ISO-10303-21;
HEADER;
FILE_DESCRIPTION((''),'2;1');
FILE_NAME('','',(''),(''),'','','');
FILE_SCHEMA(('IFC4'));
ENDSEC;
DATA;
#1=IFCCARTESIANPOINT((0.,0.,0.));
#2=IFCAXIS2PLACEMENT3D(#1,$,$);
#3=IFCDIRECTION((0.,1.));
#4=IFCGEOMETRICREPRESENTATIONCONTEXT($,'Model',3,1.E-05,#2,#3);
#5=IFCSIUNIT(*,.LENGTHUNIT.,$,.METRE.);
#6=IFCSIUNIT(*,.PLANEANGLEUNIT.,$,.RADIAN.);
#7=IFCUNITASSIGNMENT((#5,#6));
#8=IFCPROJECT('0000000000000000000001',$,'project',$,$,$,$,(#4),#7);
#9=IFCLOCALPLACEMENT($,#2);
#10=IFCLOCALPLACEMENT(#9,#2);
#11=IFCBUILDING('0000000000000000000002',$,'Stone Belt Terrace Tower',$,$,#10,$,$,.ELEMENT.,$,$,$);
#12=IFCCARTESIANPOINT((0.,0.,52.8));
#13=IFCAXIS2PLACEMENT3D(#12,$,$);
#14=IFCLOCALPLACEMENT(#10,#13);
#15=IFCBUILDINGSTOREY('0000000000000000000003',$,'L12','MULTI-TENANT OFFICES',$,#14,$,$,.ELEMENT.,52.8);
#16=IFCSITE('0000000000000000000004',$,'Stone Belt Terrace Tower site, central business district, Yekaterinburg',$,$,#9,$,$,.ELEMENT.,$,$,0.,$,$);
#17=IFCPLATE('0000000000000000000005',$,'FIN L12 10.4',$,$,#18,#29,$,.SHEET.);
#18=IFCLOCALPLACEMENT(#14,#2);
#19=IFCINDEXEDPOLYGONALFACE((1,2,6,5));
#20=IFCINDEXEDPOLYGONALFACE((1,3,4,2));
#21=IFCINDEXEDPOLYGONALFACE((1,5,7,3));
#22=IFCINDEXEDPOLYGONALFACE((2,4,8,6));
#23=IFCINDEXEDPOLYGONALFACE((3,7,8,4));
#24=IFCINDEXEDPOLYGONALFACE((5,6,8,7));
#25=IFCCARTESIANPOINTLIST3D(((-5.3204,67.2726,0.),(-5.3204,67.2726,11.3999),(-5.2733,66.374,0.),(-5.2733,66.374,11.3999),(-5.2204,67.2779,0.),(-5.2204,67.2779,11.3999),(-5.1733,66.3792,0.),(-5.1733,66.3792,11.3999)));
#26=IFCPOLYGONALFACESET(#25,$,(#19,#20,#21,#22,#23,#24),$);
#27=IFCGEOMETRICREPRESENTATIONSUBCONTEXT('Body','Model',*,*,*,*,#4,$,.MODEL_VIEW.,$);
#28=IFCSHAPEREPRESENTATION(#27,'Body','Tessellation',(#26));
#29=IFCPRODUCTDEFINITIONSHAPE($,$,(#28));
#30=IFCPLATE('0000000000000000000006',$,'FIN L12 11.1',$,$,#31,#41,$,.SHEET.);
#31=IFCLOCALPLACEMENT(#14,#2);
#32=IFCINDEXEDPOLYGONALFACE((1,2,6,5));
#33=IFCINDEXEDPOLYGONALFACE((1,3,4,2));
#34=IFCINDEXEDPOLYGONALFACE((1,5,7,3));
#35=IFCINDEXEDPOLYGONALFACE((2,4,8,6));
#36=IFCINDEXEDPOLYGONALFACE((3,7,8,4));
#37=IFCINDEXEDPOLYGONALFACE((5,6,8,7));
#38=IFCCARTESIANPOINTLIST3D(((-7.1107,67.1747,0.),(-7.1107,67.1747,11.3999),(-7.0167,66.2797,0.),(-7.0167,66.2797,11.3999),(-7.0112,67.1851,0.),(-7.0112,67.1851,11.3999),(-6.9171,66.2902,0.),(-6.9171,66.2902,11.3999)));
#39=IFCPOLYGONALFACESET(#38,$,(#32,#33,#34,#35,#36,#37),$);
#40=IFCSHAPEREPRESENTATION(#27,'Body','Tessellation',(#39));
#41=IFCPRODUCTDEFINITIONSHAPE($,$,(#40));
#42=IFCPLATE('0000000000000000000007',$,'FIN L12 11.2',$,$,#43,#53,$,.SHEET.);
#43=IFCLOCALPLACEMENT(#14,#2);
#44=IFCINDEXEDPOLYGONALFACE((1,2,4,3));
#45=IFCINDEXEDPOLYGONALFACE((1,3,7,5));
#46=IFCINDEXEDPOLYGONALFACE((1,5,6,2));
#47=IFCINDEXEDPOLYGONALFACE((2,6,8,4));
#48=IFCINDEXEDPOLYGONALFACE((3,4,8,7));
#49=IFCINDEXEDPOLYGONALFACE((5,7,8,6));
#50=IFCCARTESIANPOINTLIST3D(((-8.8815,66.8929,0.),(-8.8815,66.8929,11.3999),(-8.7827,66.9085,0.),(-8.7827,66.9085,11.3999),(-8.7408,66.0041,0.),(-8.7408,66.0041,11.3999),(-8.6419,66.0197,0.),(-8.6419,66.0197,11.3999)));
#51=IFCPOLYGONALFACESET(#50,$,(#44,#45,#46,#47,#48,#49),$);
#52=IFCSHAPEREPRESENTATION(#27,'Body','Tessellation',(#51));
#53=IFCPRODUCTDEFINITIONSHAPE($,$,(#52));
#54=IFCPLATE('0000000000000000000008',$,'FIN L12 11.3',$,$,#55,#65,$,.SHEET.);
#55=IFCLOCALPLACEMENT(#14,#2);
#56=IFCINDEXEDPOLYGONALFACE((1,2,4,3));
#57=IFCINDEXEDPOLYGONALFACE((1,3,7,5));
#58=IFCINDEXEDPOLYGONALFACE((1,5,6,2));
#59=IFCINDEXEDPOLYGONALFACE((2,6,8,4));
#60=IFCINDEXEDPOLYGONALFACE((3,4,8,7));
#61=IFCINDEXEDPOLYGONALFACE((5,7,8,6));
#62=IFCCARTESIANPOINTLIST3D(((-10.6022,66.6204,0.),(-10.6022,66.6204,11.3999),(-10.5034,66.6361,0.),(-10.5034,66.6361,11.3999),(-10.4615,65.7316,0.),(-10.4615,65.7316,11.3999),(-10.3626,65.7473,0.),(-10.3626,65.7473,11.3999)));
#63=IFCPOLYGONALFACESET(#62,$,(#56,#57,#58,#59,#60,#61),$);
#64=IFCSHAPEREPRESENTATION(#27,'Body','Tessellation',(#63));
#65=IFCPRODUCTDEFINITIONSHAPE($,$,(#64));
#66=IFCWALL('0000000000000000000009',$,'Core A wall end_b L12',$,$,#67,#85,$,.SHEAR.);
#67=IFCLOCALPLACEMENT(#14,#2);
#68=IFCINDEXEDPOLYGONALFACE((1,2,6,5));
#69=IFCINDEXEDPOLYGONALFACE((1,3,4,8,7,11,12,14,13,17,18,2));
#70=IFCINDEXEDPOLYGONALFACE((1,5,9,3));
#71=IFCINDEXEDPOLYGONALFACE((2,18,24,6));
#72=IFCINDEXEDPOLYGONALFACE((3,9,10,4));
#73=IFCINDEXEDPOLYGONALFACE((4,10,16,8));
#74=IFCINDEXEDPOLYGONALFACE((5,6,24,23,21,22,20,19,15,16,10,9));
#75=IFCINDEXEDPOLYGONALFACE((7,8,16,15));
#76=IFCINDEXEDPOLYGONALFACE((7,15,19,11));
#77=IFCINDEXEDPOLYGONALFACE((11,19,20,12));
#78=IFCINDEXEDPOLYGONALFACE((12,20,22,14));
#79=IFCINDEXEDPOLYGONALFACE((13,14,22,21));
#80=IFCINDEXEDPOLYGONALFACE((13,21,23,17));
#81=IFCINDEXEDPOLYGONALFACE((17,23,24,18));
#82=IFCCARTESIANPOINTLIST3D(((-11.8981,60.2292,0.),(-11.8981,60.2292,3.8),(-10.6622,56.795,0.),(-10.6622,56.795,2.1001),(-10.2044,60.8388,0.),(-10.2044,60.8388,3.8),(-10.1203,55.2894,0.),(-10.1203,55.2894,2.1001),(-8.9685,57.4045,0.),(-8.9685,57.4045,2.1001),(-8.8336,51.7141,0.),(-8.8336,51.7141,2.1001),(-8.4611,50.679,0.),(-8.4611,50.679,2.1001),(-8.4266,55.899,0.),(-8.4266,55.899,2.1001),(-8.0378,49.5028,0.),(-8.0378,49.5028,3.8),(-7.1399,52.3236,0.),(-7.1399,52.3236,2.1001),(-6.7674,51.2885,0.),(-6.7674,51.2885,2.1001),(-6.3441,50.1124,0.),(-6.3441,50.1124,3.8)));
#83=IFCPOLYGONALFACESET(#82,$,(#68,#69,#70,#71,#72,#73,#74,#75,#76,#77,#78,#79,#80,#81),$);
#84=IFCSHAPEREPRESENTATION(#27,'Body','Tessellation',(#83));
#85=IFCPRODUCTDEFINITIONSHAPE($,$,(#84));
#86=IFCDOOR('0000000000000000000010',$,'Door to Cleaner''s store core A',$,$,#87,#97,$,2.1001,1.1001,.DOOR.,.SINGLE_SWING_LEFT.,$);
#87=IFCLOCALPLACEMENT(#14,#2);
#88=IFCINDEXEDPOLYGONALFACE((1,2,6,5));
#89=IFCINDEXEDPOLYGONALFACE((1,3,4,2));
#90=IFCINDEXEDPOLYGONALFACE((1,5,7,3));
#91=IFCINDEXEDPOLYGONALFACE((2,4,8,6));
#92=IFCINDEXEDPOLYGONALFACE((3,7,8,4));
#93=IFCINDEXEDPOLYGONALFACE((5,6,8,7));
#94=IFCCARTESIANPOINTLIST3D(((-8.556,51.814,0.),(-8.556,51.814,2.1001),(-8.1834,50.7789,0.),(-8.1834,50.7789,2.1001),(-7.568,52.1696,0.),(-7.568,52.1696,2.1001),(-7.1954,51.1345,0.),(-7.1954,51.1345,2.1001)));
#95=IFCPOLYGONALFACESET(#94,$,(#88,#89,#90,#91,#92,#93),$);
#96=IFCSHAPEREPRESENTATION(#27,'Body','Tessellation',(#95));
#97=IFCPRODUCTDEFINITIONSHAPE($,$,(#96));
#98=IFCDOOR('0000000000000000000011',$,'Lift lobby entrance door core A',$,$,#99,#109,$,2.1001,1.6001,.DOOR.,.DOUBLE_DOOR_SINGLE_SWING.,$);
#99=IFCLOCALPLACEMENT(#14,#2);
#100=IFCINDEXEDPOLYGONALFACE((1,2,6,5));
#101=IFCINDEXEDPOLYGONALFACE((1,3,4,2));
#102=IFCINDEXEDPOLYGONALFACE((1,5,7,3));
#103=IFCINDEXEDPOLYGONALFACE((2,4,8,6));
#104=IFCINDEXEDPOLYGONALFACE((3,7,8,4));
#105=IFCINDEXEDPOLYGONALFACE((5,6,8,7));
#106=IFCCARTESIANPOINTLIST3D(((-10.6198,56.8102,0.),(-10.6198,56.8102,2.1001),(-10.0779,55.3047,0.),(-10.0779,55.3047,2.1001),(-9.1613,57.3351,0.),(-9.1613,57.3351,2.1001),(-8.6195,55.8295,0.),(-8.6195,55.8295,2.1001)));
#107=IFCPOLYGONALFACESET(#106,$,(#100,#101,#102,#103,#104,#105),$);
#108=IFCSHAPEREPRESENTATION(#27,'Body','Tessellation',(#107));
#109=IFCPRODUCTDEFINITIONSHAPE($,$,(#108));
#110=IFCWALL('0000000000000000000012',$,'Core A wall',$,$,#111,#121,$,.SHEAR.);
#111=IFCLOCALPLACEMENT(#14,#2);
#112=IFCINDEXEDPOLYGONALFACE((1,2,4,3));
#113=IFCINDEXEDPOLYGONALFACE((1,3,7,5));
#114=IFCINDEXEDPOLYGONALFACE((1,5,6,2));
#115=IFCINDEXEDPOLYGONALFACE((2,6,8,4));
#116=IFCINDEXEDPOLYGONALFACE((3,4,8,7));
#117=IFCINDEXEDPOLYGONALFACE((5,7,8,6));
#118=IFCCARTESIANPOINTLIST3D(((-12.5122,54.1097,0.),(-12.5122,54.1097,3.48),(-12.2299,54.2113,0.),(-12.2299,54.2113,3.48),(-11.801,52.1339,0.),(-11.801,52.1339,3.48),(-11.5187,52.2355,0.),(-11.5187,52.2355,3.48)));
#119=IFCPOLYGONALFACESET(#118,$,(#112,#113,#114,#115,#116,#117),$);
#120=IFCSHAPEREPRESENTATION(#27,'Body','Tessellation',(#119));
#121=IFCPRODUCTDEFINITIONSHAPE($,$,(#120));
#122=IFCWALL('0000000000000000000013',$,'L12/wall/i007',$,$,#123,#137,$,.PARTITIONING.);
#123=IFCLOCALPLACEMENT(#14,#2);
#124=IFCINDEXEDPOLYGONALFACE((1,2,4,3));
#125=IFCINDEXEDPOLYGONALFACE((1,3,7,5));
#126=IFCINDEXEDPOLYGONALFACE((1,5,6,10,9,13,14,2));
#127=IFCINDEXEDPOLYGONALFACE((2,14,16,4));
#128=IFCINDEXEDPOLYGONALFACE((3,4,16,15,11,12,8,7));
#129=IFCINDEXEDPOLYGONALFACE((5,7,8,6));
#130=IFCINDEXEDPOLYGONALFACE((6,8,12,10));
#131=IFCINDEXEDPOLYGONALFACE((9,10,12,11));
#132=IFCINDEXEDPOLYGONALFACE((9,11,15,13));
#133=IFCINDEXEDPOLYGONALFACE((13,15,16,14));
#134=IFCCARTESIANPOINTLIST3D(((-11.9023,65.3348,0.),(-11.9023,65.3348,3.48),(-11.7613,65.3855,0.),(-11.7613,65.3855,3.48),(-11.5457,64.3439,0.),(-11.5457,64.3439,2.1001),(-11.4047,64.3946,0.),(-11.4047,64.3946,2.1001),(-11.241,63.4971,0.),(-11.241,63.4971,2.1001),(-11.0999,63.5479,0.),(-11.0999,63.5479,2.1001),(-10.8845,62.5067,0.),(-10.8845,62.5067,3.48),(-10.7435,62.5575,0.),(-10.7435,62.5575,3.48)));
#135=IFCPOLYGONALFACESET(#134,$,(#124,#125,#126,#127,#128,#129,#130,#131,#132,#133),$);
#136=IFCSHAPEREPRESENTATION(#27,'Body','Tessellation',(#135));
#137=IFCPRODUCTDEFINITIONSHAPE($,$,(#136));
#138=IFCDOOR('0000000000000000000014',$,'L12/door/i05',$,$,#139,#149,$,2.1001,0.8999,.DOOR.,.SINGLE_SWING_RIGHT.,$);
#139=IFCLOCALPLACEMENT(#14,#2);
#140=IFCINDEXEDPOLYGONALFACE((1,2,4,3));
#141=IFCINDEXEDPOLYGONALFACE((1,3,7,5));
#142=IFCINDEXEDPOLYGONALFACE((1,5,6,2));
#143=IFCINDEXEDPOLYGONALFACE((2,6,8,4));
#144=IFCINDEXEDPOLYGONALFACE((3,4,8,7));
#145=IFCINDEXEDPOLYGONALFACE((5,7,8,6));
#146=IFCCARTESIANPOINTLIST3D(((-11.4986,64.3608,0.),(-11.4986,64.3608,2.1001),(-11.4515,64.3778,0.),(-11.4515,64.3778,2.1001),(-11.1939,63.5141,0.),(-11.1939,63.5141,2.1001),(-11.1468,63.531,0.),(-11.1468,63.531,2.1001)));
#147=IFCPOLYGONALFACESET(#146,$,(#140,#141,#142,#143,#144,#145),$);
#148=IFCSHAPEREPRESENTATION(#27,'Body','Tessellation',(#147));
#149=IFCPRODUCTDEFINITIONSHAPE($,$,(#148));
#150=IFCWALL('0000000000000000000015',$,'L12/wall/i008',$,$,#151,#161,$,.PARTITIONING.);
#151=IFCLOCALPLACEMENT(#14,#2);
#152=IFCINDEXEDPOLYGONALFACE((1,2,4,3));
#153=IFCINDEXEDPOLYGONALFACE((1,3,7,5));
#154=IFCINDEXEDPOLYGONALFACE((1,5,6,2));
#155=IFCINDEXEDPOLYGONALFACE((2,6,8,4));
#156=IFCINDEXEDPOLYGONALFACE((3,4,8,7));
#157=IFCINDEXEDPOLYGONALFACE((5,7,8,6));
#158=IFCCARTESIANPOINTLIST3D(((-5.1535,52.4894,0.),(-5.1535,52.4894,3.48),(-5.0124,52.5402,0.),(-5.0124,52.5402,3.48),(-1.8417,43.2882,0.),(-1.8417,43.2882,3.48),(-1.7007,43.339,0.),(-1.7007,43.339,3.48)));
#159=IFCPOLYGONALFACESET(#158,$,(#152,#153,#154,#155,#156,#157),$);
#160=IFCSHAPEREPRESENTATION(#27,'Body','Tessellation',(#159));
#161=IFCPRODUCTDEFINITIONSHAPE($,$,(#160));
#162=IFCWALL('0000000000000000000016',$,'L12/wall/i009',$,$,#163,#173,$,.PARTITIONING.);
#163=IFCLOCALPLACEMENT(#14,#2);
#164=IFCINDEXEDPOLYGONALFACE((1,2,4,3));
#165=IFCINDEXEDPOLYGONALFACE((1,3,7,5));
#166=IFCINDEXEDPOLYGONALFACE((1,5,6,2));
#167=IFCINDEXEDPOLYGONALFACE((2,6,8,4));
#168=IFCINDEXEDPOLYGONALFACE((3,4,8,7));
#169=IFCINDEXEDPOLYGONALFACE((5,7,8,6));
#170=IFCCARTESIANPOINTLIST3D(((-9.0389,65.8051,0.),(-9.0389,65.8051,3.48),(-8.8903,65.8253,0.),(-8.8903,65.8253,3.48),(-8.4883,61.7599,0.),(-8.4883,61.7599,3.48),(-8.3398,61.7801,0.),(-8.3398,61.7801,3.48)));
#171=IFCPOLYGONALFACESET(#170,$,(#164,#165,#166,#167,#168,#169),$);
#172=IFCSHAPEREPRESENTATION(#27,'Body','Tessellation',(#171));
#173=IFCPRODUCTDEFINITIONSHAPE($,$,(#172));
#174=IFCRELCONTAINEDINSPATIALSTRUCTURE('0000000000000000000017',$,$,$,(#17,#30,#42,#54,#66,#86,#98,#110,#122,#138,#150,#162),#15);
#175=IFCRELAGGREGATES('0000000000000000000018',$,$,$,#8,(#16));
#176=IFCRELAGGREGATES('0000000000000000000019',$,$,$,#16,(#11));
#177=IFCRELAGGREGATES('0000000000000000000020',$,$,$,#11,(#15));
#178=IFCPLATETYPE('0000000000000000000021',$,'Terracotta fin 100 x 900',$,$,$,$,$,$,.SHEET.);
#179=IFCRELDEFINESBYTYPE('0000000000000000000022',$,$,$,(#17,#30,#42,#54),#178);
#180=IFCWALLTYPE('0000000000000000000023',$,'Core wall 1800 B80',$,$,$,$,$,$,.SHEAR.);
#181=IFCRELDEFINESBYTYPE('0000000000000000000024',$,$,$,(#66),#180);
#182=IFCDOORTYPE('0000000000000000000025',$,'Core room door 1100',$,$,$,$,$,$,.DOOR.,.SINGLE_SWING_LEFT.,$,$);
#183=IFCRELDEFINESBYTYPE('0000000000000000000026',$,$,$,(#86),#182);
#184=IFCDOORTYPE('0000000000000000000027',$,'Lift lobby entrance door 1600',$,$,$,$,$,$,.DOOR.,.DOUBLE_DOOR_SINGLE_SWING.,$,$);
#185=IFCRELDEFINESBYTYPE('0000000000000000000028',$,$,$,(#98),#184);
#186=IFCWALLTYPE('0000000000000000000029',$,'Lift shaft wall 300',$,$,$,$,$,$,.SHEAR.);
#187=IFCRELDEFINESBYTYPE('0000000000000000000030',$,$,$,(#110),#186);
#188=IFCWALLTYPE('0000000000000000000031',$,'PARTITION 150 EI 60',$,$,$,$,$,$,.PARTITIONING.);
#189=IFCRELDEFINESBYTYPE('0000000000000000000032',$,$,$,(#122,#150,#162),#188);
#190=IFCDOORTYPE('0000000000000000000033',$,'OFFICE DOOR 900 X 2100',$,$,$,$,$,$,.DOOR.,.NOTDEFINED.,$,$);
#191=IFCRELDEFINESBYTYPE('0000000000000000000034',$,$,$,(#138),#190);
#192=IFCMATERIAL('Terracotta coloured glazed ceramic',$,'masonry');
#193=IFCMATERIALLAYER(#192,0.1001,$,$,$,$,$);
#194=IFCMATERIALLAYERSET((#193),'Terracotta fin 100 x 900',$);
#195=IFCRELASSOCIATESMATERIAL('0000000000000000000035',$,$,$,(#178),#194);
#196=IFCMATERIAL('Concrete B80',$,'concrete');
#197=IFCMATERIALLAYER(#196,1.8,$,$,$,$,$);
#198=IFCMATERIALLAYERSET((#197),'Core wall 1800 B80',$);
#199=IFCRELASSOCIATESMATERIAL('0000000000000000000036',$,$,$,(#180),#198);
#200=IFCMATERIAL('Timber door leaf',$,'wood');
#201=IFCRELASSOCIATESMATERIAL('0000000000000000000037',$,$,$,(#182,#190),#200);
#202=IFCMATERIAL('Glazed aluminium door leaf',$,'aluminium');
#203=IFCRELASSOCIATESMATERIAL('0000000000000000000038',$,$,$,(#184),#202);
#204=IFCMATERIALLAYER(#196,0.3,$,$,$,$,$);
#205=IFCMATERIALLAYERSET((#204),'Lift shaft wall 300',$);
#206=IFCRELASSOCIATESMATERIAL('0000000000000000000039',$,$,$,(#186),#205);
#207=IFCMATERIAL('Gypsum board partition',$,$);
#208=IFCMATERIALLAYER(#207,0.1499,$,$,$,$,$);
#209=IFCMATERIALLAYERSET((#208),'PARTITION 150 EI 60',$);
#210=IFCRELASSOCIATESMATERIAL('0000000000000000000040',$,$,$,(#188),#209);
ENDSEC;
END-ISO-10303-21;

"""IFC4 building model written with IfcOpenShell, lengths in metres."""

from ifc_helpers import new_model, si_unit, direction, frame, frame_2d, origin, origin_2d, place, context, subcontext, project, spatial, rectangle, extrude, material, layer, layer_set, type_object, element, fill, save


model = new_model("IFC4")

# Units and contexts
model_context = context("Model", 3, precision=1e-05, world=origin(), true_north=direction((0.0, 1.0)))
body_context = subcontext(model_context, "Body", "Model", "MODEL_VIEW")
ifc_project = project(units=[si_unit("LENGTHUNIT", "METRE"), si_unit("PLANEANGLEUNIT", "RADIAN")], contexts=[model_context])

# Site, building, storey
site_placement = place(None, origin())
site = spatial("IfcSite", under=ifc_project, at=site_placement, Name="Stone Belt Terrace Tower site, central business district, Yekaterinburg", CompositionType="ELEMENT", RefElevation=0.0)
building_placement = place(site_placement, origin())
building = spatial("IfcBuilding", under=site, at=building_placement, Name="Stone Belt Terrace Tower", CompositionType="ELEMENT")
storey_placement = place(building_placement, frame((0.0, 0.0, 52.8)))
storey = spatial("IfcBuildingStorey", under=building, at=storey_placement, Name="L12", Description="MULTI-TENANT OFFICES", CompositionType="ELEMENT", Elevation=52.8)

# Shared definitions
ifc_material_1 = material(Name="Concrete B80", Category="concrete")

# Plates
ifc_material_2 = material(Name="Terracotta coloured glazed ceramic", Category="masonry")
ifc_layer_1 = layer(ifc_material_2, 0.1001)
ifc_layer_set_1 = layer_set([ifc_layer_1], Name="Terracotta fin 100 x 900")
plate_type_1 = type_object("IfcPlateType", Name="Terracotta fin 100 x 900", PredefinedType="SHEET", material=ifc_layer_set_1)
for number, where, z_axis, x_axis, name in (
    (1, (-5.2468, 66.8259, 0.0), (0.0, 0.0, 1.0), (-0.052336, 0.99863, 0.0), "FIN L12 10.4"),
    (2, (-7.0139, 66.7324, 0.0), (0.0, 0.0, 1.0), (-0.104528, 0.994522, 0.0), "FIN L12 11.1"),
    (3, (-8.7617, 66.4563, 0.0), (0.0, 0.0, 1.0), (-0.156434, 0.987688, 0.0), "FIN L12 11.2"),
    (4, (-10.4824, 66.1838, 0.0), (0.0, 0.0, 1.0), (-0.156434, 0.987688, 0.0), "FIN L12 11.3"),
):
    element("IfcPlate", number, at=place(storey_placement, frame(where, z_axis=z_axis, x_axis=x_axis)), inside=storey, type_object=plate_type_1, Name=name, PredefinedType="SHEET", context=body_context, shape_type="SweptSolid", body=[
        extrude(rectangle(XDim=0.8999, YDim=0.1001, at=origin_2d()), origin(), (0.0, 0.0, 1.0), 11.3999),
    ])

# Wall, openings, doors
ifc_layer_2 = layer(ifc_material_1, 1.8)
ifc_layer_set_2 = layer_set([ifc_layer_2], Name="Core wall 1800 B80")
wall_type_1 = type_object("IfcWallType", Name="Core wall 1800 B80", PredefinedType="SHEAR", material=ifc_layer_set_2)
wall_1_placement = place(storey_placement, frame((-7.1909, 49.8076, 0.0), z_axis=(0.0, 0.0, 1.0), x_axis=(-0.338632, 0.940919, 0.0)))
wall_1 = element("IfcWall", 5, at=wall_1_placement, inside=storey, type_object=wall_type_1, Name="Core A wall end_b L12", PredefinedType="SHEAR", context=body_context, shape_type="SweptSolid", body=[
    extrude(rectangle(XDim=11.3999, YDim=1.8, at=frame_2d((5.7, 0.0))), origin(), (0.0, 0.0, 1.0), 3.8),
])
opening_1_placement = place(wall_1_placement, frame((6.1499, 0.0, 0.0)))
opening_1 = element("IfcOpeningElement", 6, at=opening_1_placement, cuts=wall_1, PredefinedType="OPENING", context=body_context, shape_type="SweptSolid", body=[
    extrude(rectangle(XDim=1.6001, YDim=2.1001, at=frame_2d((0.8, 1.05))), frame((0.0, 0.9099, 0.0), z_axis=(0.0, -1.0, 0.0), x_axis=(1.0, 0.0, 0.0)), (0.0, 0.0, 1.0), 1.8201),
])
opening_2_placement = place(wall_1_placement, frame((1.25, 0.0, 0.0)))
opening_2 = element("IfcOpeningElement", 7, at=opening_2_placement, cuts=wall_1, PredefinedType="OPENING", context=body_context, shape_type="SweptSolid", body=[
    extrude(rectangle(XDim=1.1001, YDim=2.1001, at=frame_2d((0.55, 1.05))), frame((0.0, 0.9099, 0.0), z_axis=(0.0, -1.0, 0.0), x_axis=(1.0, 0.0, 0.0)), (0.0, 0.0, 1.0), 1.8201),
])
ifc_material_3 = material(Name="Timber door leaf", Category="wood")
door_type_1 = type_object("IfcDoorType", Name="Core room door 1100", OperationType="SINGLE_SWING_LEFT", PredefinedType="DOOR", material=ifc_material_3)
door_1_placement = place(opening_2_placement, origin())
door_1 = element("IfcDoor", 8, at=door_1_placement, inside=storey, type_object=door_type_1, Name="Door to Cleaner's store core A", OperationType="SINGLE_SWING_LEFT", OverallHeight=2.1001, OverallWidth=1.1001, PredefinedType="DOOR", context=body_context, shape_type="SweptSolid", body=[
    extrude(rectangle(XDim=1.1001, YDim=2.1001, at=frame_2d((0.55, 1.05))), frame((0.0, 0.605, 0.0), z_axis=(0.0, -1.0, 0.0), x_axis=(1.0, 0.0, 0.0)), (0.0, 0.0, 1.0), 1.05),
])
fill(opening_2, door_1)
ifc_material_4 = material(Name="Glazed aluminium door leaf", Category="aluminium")
door_type_2 = type_object("IfcDoorType", Name="Lift lobby entrance door 1600", OperationType="DOUBLE_DOOR_SINGLE_SWING", PredefinedType="DOOR", material=ifc_material_4)
door_2_placement = place(opening_1_placement, origin())
door_2 = element("IfcDoor", 9, at=door_2_placement, inside=storey, type_object=door_type_2, Name="Lift lobby entrance door core A", OperationType="DOUBLE_DOOR_SINGLE_SWING", OverallHeight=2.1001, OverallWidth=1.6001, PredefinedType="DOOR", context=body_context, shape_type="SweptSolid", body=[
    extrude(rectangle(XDim=1.6001, YDim=2.1001, at=frame_2d((0.8, 1.05))), frame((0.0, 0.855, 0.0), z_axis=(0.0, -1.0, 0.0), x_axis=(1.0, 0.0, 0.0)), (0.0, 0.0, 1.0), 1.55),
])
fill(opening_1, door_2)

# Wall
ifc_layer_3 = layer(ifc_material_1, 0.3)
ifc_layer_set_3 = layer_set([ifc_layer_3], Name="Lift shaft wall 300")
wall_type_2 = type_object("IfcWallType", Name="Lift shaft wall 300", PredefinedType="SHEAR", material=ifc_layer_set_3)
wall_2_placement = place(storey_placement, frame((-11.6599, 52.1848, 0.0), z_axis=(0.0, 0.0, 1.0), x_axis=(-0.33867, 0.940905, 0.0)))
element("IfcWall", 10, at=wall_2_placement, inside=storey, type_object=wall_type_2, Name="Core A wall", PredefinedType="SHEAR", context=body_context, shape_type="SweptSolid", body=[
    extrude(rectangle(XDim=2.0999, YDim=0.3, at=frame_2d((1.0498, 0.0))), origin(), (0.0, 0.0, 1.0), 3.48),
])

# Wall, opening, door
ifc_material_5 = material(Name="Gypsum board partition")
ifc_layer_4 = layer(ifc_material_5, 0.1499)
ifc_layer_set_4 = layer_set([ifc_layer_4], Name="PARTITION 150 EI 60")
wall_type_3 = type_object("IfcWallType", Name="PARTITION 150 EI 60", PredefinedType="PARTITIONING", material=ifc_layer_set_4)
wall_3_placement = place(storey_placement, frame((-10.814, 62.532, 0.0), z_axis=(0.0, 0.0, 1.0), x_axis=(-0.33863, 0.94092, 0.0)))
wall_3 = element("IfcWall", 11, at=wall_3_placement, inside=storey, type_object=wall_type_3, Name="L12/wall/i007", PredefinedType="PARTITIONING", context=body_context, shape_type="SweptSolid", body=[
    extrude(rectangle(XDim=3.0056, YDim=0.1499, at=frame_2d((1.5029, 0.0))), origin(), (0.0, 0.0, 1.0), 3.48),
])
opening_3_placement = place(wall_3_placement, frame((1.0527, 0.0, 0.0)))
opening_3 = element("IfcOpeningElement", 12, at=opening_3_placement, cuts=wall_3, PredefinedType="OPENING", context=body_context, shape_type="SweptSolid", body=[
    extrude(rectangle(XDim=0.8999, YDim=2.1001, at=frame_2d((0.45, 1.05))), frame((0.0, 0.085, 0.0), z_axis=(0.0, -1.0, 0.0), x_axis=(1.0, 0.0, 0.0)), (0.0, 0.0, 1.0), 0.1699),
])
door_type_3 = type_object("IfcDoorType", Name="OFFICE DOOR 900 X 2100", OperationType="NOTDEFINED", PredefinedType="DOOR", material=ifc_material_3)
door_3_placement = place(opening_3_placement, origin())
door_3 = element("IfcDoor", 13, at=door_3_placement, inside=storey, type_object=door_type_3, Name="L12/door/i05", OperationType="SINGLE_SWING_RIGHT", OverallHeight=2.1001, OverallWidth=0.8999, PredefinedType="DOOR", context=body_context, shape_type="SweptSolid", body=[
    extrude(rectangle(XDim=0.8999, YDim=2.1001, at=frame_2d((0.45, 1.05))), frame((0.0, 0.0249, 0.0), z_axis=(0.0, -1.0, 0.0), x_axis=(1.0, 0.0, 0.0)), (0.0, 0.0, 1.0), 0.05),
])
fill(opening_3, door_3)

# Walls
wall_4_placement = place(storey_placement, frame((-5.083, 52.5149, 0.0), z_axis=(0.0, 0.0, 1.0), x_axis=(0.33866, -0.940909, 0.0)))
element("IfcWall", 14, at=wall_4_placement, inside=storey, type_object=wall_type_3, Name="L12/wall/i008", PredefinedType="PARTITIONING", context=body_context, shape_type="SweptSolid", body=[
    extrude(rectangle(XDim=9.7791, YDim=0.1499, at=frame_2d((4.8896, 0.0))), origin(), (0.0, 0.0, 1.0), 3.48),
])
wall_5_placement = place(storey_placement, frame((-8.9646, 65.8152, 0.0), z_axis=(0.0, 0.0, 1.0), x_axis=(0.134854, -0.990865, 0.0)))
element("IfcWall", 15, at=wall_5_placement, inside=storey, type_object=wall_type_3, Name="L12/wall/i009", PredefinedType="PARTITIONING", context=body_context, shape_type="SweptSolid", body=[
    extrude(rectangle(XDim=4.0825, YDim=0.1499, at=frame_2d((2.0413, 0.0))), origin(), (0.0, 0.0, 1.0), 3.48),
])

save(model, "model.ifc")
